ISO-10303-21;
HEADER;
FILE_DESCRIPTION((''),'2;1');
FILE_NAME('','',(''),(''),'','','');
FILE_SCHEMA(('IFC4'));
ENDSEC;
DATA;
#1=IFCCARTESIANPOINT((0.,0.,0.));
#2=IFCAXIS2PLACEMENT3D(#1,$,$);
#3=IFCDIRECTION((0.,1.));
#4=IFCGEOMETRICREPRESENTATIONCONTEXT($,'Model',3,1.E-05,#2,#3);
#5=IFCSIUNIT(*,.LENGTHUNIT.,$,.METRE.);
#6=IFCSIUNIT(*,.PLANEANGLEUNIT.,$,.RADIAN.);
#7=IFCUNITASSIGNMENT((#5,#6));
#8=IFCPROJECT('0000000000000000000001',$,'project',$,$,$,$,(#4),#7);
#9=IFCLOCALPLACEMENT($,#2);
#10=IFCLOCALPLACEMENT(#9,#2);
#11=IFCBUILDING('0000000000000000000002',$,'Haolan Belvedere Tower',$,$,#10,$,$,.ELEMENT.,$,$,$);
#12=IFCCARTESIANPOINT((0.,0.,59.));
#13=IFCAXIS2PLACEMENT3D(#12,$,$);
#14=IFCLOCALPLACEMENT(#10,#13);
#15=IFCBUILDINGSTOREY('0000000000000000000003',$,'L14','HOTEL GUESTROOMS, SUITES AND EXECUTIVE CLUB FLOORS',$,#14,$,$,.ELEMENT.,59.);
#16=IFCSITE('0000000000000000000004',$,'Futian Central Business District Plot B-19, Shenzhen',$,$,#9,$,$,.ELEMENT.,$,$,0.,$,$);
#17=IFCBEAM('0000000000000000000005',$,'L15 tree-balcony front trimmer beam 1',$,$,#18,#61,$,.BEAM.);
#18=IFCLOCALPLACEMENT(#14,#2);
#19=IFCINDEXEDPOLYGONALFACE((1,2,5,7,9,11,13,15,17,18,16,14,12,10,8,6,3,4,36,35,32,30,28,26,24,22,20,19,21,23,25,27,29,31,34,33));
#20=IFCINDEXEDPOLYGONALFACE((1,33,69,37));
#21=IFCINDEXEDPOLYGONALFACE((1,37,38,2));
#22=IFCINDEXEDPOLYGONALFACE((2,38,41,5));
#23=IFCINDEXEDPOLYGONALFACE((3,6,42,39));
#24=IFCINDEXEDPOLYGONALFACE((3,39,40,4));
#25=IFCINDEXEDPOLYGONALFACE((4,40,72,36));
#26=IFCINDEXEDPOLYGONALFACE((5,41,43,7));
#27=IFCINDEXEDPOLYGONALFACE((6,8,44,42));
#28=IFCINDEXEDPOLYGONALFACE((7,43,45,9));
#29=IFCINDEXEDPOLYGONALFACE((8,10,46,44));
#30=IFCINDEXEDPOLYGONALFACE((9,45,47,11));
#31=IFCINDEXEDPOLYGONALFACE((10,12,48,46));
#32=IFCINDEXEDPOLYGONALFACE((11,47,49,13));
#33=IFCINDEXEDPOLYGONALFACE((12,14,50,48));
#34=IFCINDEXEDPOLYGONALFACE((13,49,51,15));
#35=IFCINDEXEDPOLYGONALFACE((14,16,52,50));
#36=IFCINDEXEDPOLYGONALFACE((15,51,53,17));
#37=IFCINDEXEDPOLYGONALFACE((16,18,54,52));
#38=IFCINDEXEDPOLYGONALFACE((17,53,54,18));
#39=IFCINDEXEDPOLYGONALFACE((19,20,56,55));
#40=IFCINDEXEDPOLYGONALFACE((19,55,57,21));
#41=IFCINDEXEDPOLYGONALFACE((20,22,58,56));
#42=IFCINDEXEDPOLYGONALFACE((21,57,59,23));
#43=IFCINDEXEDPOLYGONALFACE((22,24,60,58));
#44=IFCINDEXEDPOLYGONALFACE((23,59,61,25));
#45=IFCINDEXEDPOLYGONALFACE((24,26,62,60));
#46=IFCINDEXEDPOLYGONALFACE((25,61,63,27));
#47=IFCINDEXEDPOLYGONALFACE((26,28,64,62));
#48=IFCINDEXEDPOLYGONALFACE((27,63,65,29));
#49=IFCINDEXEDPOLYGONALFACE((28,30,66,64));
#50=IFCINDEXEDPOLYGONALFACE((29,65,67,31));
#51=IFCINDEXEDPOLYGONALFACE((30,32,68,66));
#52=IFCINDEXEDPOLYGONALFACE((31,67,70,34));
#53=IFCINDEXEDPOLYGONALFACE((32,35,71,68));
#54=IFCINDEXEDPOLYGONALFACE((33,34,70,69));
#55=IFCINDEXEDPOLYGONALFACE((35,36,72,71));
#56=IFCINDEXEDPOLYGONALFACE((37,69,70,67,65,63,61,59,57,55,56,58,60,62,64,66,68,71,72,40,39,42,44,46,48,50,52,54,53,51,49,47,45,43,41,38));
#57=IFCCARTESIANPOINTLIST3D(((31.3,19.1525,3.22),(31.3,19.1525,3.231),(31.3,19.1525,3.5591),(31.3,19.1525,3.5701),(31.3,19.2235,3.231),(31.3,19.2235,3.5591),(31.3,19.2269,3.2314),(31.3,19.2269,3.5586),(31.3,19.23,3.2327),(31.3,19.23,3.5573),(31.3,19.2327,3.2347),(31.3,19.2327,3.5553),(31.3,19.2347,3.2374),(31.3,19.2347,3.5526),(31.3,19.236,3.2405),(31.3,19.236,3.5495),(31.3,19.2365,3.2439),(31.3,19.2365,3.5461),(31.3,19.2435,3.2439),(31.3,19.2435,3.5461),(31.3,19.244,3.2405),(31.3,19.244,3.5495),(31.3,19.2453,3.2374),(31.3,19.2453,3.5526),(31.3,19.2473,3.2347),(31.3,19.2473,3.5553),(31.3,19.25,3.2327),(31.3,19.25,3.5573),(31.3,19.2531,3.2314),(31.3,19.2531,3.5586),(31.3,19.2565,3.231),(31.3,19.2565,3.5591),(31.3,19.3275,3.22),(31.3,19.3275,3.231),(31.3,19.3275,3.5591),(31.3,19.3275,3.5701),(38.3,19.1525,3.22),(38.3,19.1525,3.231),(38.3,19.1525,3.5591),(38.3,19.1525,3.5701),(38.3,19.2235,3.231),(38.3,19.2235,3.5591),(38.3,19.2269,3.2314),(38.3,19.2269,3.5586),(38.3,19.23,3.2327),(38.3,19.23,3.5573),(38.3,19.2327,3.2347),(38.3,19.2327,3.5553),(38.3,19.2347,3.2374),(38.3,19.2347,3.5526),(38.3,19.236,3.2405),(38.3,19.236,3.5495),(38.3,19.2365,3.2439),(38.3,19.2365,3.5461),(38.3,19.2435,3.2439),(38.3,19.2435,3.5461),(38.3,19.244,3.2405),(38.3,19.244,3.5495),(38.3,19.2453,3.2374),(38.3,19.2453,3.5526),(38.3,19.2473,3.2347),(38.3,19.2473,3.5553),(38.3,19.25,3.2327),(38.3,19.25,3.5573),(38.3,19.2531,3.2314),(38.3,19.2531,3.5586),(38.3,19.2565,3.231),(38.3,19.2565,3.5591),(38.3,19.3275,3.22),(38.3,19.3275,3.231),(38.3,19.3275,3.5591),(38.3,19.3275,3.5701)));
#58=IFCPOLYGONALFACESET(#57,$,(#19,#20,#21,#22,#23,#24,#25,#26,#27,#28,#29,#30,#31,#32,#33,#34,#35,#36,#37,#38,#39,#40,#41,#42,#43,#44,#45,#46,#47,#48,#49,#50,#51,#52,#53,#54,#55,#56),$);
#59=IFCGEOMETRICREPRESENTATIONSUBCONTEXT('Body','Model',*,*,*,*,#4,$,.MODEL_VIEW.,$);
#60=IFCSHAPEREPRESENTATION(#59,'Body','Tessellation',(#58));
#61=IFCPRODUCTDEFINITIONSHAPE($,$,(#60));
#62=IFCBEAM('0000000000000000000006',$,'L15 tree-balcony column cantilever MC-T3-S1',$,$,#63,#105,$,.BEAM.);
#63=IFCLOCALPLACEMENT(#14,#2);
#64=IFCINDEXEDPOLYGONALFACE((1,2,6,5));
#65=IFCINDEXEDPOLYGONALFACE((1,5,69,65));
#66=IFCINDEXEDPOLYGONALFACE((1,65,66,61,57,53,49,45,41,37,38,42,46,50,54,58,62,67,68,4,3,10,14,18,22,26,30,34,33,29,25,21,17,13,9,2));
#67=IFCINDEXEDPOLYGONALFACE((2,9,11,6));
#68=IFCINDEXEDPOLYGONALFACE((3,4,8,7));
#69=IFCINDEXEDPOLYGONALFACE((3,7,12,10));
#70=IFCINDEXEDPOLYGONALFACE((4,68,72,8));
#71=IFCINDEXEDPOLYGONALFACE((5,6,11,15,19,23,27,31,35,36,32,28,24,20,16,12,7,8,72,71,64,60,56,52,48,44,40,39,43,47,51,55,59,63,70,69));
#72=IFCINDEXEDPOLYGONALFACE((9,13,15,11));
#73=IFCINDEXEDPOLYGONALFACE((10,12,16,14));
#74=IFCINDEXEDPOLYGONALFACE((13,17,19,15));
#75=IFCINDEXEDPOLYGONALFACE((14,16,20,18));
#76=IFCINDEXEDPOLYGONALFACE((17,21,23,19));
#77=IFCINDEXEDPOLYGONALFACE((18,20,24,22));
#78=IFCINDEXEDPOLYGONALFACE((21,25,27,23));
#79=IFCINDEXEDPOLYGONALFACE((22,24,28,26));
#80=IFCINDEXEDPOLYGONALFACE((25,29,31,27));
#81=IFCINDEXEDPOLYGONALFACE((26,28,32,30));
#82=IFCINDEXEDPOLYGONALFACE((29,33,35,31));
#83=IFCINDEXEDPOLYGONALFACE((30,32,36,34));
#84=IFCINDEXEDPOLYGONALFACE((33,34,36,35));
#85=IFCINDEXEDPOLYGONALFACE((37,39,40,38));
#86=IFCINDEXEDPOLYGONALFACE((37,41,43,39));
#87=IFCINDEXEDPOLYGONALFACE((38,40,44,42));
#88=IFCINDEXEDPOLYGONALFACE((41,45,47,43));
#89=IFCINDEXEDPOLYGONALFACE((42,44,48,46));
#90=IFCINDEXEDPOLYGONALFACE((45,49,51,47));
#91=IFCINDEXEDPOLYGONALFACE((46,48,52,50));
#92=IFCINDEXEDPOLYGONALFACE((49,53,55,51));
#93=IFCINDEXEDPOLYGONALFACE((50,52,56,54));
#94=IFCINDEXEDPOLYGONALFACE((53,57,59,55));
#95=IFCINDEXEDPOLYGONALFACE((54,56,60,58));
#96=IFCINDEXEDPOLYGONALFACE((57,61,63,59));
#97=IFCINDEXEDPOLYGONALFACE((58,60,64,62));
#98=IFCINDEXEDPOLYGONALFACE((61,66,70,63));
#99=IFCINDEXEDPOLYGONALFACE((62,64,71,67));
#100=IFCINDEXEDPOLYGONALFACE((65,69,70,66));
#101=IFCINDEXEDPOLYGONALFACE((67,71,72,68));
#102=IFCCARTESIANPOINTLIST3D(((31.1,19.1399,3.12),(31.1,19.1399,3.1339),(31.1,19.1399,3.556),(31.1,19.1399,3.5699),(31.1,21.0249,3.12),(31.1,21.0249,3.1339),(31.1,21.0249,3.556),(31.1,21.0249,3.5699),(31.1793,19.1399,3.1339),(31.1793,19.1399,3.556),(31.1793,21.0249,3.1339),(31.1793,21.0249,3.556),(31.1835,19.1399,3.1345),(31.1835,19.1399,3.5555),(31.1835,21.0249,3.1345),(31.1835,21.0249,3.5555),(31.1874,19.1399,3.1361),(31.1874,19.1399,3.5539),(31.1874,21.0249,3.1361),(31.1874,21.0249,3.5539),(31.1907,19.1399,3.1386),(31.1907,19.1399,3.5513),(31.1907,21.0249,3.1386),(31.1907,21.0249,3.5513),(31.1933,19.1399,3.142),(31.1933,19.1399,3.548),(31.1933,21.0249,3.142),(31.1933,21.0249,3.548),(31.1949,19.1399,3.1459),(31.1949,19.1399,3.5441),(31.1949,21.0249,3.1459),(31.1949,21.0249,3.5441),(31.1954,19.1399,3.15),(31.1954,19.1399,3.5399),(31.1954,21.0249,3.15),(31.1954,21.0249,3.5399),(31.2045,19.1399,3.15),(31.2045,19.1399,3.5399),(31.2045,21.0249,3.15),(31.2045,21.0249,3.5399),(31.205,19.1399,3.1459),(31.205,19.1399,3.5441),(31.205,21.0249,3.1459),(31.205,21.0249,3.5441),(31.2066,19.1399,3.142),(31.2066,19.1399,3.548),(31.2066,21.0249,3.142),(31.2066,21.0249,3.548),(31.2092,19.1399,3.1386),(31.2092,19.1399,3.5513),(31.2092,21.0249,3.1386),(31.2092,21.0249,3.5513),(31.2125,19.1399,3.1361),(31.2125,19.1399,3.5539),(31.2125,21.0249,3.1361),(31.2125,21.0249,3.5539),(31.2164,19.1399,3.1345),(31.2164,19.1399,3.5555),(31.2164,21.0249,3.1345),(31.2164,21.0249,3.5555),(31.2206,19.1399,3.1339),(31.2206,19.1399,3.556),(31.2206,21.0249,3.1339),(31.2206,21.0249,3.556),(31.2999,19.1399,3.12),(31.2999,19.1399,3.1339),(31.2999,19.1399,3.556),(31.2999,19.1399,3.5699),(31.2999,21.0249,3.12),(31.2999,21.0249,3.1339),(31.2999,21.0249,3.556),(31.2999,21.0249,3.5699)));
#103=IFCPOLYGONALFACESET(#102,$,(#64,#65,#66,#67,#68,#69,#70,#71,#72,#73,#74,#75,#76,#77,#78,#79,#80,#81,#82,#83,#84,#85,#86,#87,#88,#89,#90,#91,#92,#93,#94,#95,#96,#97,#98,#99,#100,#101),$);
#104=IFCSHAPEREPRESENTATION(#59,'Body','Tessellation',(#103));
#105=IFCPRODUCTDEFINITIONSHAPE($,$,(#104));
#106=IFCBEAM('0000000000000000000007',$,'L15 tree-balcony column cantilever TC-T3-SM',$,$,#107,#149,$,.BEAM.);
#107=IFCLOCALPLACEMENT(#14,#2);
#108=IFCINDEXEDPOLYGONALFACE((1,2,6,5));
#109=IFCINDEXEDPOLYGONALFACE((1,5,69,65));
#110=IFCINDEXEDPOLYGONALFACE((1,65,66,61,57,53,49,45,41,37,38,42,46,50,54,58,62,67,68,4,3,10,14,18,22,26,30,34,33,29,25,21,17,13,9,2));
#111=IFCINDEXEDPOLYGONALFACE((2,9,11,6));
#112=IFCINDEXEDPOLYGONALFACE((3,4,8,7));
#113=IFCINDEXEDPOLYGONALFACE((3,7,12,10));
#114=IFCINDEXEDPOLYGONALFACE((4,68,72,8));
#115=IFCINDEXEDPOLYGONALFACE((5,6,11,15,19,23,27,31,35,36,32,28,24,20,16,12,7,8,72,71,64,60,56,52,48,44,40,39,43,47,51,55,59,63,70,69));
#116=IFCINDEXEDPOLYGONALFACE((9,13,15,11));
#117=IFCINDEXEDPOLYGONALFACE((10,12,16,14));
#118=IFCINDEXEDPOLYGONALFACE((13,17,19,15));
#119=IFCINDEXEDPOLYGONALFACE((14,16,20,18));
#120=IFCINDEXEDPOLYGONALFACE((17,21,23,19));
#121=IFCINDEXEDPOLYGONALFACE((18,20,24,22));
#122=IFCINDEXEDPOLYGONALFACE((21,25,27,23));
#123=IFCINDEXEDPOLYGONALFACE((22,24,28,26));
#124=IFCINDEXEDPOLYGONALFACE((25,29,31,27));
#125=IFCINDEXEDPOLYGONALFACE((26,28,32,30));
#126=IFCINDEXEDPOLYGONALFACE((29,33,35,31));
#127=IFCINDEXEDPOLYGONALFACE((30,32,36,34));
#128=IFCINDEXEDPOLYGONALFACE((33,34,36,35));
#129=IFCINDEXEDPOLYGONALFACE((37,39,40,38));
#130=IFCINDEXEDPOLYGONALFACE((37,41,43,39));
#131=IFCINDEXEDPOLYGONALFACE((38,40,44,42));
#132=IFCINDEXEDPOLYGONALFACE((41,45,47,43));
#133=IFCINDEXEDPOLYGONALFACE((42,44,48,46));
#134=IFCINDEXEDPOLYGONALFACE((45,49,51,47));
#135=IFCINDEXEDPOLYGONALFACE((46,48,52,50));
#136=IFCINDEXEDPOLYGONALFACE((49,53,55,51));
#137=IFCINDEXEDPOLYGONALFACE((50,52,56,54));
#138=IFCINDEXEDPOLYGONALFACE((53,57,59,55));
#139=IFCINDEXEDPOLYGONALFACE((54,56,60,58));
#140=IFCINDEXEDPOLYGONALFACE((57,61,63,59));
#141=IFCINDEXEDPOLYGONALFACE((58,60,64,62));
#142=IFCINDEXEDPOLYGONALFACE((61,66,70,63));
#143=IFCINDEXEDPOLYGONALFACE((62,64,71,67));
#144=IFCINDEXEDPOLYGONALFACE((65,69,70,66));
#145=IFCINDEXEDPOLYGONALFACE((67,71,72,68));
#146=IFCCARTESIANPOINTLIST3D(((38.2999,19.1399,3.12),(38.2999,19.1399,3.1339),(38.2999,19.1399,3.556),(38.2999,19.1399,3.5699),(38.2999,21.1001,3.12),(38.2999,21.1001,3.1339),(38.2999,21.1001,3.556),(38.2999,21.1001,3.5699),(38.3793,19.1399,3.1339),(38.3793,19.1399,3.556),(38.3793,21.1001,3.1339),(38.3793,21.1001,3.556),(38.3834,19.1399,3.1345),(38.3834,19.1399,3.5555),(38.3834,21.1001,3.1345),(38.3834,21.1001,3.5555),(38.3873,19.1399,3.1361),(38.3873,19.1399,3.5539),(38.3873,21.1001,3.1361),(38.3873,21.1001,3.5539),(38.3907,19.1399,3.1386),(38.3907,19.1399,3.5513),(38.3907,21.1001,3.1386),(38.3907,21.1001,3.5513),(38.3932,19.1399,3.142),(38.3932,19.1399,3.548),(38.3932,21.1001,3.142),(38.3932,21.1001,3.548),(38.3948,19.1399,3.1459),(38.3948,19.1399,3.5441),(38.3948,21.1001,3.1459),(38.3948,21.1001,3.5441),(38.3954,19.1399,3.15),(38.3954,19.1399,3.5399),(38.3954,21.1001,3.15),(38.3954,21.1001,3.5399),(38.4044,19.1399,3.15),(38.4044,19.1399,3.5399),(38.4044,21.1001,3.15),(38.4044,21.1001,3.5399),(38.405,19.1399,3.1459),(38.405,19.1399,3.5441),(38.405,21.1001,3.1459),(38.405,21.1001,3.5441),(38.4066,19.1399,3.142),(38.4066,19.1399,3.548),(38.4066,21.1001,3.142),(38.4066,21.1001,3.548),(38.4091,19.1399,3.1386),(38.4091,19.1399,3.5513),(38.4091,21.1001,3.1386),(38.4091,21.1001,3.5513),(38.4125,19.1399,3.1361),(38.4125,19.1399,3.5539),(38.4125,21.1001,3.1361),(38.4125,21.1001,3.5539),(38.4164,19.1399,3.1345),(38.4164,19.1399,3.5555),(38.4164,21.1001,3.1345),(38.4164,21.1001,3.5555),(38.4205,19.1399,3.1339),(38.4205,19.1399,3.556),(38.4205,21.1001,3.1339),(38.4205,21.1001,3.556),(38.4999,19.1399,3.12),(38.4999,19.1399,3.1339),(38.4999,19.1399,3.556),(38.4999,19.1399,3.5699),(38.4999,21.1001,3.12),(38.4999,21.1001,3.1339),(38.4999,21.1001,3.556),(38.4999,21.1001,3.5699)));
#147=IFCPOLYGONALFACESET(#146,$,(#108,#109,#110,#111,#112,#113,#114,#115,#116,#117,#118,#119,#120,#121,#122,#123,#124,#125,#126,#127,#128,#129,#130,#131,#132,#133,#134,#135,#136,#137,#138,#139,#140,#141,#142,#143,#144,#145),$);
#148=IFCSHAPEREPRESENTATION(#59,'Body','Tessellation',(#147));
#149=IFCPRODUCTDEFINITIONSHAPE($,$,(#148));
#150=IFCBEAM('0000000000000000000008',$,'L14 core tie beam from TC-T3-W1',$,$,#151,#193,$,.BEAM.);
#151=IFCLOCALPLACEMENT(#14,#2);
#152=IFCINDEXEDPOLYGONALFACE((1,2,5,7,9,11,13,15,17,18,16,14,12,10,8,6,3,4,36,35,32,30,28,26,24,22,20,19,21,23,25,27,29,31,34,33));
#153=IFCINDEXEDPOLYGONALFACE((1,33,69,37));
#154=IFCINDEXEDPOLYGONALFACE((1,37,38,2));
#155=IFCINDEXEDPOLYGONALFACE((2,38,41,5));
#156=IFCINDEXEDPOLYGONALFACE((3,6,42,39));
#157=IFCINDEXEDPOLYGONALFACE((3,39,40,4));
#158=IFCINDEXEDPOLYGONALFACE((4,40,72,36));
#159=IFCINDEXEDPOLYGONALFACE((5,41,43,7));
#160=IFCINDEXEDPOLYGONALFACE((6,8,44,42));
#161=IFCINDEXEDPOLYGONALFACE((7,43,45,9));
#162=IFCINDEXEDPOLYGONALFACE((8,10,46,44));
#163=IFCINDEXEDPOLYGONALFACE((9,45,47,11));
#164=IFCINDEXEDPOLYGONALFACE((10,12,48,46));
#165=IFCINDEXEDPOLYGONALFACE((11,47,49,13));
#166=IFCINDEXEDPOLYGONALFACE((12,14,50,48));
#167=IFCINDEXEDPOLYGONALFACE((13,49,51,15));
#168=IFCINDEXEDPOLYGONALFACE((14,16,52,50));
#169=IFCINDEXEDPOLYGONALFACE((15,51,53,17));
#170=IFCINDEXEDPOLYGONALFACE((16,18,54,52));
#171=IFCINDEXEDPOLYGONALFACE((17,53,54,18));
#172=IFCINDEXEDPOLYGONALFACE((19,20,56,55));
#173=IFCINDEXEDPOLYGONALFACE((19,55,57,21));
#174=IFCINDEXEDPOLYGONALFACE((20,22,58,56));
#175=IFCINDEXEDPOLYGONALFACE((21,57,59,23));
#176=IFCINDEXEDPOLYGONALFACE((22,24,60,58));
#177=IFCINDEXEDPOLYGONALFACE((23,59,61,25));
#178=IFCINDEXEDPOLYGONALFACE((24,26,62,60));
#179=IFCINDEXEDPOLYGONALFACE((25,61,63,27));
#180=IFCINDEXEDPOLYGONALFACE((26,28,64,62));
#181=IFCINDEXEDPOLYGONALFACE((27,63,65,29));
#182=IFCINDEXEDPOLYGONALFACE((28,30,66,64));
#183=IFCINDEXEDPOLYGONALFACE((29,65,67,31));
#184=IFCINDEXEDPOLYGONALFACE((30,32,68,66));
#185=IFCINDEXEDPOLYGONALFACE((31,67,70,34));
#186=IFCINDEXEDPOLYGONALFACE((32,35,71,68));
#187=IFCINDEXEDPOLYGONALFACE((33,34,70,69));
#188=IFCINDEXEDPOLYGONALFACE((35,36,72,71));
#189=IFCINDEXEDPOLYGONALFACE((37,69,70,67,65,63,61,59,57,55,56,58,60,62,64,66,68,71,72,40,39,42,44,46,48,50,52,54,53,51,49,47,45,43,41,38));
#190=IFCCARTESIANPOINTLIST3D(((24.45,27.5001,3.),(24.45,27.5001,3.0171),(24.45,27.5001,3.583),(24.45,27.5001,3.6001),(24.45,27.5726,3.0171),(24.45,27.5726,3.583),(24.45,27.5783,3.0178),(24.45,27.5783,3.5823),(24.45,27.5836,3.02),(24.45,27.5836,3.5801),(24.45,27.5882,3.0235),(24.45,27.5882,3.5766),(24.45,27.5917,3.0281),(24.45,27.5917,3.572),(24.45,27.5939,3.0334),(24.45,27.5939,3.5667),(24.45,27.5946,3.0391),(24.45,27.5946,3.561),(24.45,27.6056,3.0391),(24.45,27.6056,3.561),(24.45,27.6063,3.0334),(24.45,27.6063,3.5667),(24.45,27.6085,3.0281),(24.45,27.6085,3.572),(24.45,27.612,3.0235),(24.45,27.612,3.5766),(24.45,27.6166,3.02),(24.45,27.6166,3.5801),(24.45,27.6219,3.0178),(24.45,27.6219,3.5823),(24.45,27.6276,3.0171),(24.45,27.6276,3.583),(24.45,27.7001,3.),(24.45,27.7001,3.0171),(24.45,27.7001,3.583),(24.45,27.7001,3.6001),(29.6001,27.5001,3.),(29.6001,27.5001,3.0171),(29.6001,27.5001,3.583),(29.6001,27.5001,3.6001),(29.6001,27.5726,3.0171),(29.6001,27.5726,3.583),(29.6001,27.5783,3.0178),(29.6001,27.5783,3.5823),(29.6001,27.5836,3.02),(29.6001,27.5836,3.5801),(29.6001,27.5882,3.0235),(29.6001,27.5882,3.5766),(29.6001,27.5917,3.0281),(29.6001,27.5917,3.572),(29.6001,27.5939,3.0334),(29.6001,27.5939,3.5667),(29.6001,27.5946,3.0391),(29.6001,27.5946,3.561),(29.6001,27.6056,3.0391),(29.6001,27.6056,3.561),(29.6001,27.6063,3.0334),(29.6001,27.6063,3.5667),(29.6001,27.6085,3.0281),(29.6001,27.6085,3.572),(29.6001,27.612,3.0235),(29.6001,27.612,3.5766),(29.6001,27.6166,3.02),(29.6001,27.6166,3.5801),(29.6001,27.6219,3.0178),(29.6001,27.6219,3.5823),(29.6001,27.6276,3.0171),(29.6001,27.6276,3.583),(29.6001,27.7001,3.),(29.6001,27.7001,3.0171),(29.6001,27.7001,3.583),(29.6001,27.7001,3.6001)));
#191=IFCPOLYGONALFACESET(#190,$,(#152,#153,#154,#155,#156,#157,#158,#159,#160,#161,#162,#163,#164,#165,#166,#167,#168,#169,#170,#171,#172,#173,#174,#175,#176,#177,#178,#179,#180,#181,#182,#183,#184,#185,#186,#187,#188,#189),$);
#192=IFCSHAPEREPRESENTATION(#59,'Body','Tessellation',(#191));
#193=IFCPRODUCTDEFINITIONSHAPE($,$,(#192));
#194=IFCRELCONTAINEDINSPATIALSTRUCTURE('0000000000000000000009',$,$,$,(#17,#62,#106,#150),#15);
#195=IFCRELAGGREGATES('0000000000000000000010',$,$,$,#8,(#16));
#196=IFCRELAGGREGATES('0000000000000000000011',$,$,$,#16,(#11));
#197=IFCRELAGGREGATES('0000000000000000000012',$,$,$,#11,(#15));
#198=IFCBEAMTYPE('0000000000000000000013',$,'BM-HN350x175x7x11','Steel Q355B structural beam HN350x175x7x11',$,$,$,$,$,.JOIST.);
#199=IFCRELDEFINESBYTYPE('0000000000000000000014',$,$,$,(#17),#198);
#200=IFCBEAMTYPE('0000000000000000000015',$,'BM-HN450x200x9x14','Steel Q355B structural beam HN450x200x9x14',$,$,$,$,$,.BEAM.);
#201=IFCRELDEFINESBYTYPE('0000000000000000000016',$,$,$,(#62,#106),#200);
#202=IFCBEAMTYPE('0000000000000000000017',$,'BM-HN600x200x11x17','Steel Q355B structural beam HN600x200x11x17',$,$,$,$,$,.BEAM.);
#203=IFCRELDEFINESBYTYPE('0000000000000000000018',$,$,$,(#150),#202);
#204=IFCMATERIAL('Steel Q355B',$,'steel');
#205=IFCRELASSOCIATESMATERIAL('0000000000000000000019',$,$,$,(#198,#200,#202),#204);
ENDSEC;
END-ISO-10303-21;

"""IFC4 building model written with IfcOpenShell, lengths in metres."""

from ifc_helpers import new_model, si_unit, direction, frame, origin, origin_2d, place, context, subcontext, project, spatial, i_section, extrude, material, material_profile, profile_set, type_object, element, save


model = new_model("IFC4")

# Units and contexts
model_context = context("Model", 3, precision=1e-05, world=origin(), true_north=direction((0.0, 1.0)))
body_context = subcontext(model_context, "Body", "Model", "MODEL_VIEW")
ifc_project = project(units=[si_unit("LENGTHUNIT", "METRE"), si_unit("PLANEANGLEUNIT", "RADIAN")], contexts=[model_context])

# Site, building, storey
site_placement = place(None, origin())
site = spatial("IfcSite", under=ifc_project, at=site_placement, Name="Futian Central Business District Plot B-19, Shenzhen", CompositionType="ELEMENT", RefElevation=0.0)
building_placement = place(site_placement, origin())
building = spatial("IfcBuilding", under=site, at=building_placement, Name="Haolan Belvedere Tower", CompositionType="ELEMENT")
storey_placement = place(building_placement, frame((0.0, 0.0, 59.0)))
storey = spatial("IfcBuildingStorey", under=building, at=storey_placement, Name="L14", Description="HOTEL GUESTROOMS, SUITES AND EXECUTIVE CLUB FLOORS", CompositionType="ELEMENT", Elevation=59.0)

# Shared definitions
ifc_material_1 = material(Name="Steel Q355B", Category="steel")

# Beams
ifc_material_profile_1 = material_profile(ifc_material_1, i_section(OverallWidth=0.175, OverallDepth=0.3501, WebThickness=0.0071, FlangeThickness=0.011, FilletRadius=0.0129, at=origin_2d()), Name="Steel Q355B")
ifc_profile_set_1 = profile_set([ifc_material_profile_1], Name="Steel Q355B")
beam_type_1 = type_object("IfcBeamType", Name="BM-HN350x175x7x11", Description="Steel Q355B structural beam HN350x175x7x11", PredefinedType="JOIST", material=ifc_profile_set_1)
beam_1_placement = place(storey_placement, frame((31.3, 19.24, 3.395), z_axis=(1.0, 0.0, 0.0), x_axis=(0.0, 1.0, 0.0)))
element("IfcBeam", 1, at=beam_1_placement, inside=storey, type_object=beam_type_1, Name="L15 tree-balcony front trimmer beam 1", PredefinedType="BEAM", context=body_context, shape_type="SweptSolid", body=[
    extrude(i_section(OverallWidth=0.175, OverallDepth=0.3501, WebThickness=0.0071, FlangeThickness=0.011, FilletRadius=0.0129, at=origin_2d()), origin(), (0.0, 0.0, 1.0), 7.0),
])
ifc_material_profile_2 = material_profile(ifc_material_1, i_section(OverallWidth=0.2, OverallDepth=0.45, WebThickness=0.009, FlangeThickness=0.0139, FilletRadius=0.0161, at=origin_2d()), Name="Steel Q355B")
ifc_profile_set_2 = profile_set([ifc_material_profile_2], Name="Steel Q355B")
beam_type_2 = type_object("IfcBeamType", Name="BM-HN450x200x9x14", Description="Steel Q355B structural beam HN450x200x9x14", PredefinedType="BEAM", material=ifc_profile_set_2)
beam_2_placement = place(storey_placement, frame((31.2, 21.0249, 3.345), z_axis=(0.0, -1.0, 0.0), x_axis=(1.0, 0.0, 0.0)))
element("IfcBeam", 2, at=beam_2_placement, inside=storey, type_object=beam_type_2, Name="L15 tree-balcony column cantilever MC-T3-S1", PredefinedType="BEAM", context=body_context, shape_type="SweptSolid", body=[
    extrude(i_section(OverallWidth=0.2, OverallDepth=0.45, WebThickness=0.009, FlangeThickness=0.0139, FilletRadius=0.0161, at=origin_2d()), origin(), (0.0, 0.0, 1.0), 1.885),
])
beam_3_placement = place(storey_placement, frame((38.3999, 21.1001, 3.345), z_axis=(0.0, -1.0, 0.0), x_axis=(1.0, 0.0, 0.0)))
element("IfcBeam", 3, at=beam_3_placement, inside=storey, type_object=beam_type_2, Name="L15 tree-balcony column cantilever TC-T3-SM", PredefinedType="BEAM", context=body_context, shape_type="SweptSolid", body=[
    extrude(i_section(OverallWidth=0.2, OverallDepth=0.45, WebThickness=0.009, FlangeThickness=0.0139, FilletRadius=0.0161, at=origin_2d()), origin(), (0.0, 0.0, 1.0), 1.9602),
])
ifc_material_profile_3 = material_profile(ifc_material_1, i_section(OverallWidth=0.2, OverallDepth=0.6001, WebThickness=0.011, FlangeThickness=0.0171, FilletRadius=0.022, at=origin_2d()), Name="Steel Q355B")
ifc_profile_set_3 = profile_set([ifc_material_profile_3], Name="Steel Q355B")
beam_type_3 = type_object("IfcBeamType", Name="BM-HN600x200x11x17", Description="Steel Q355B structural beam HN600x200x11x17", PredefinedType="BEAM", material=ifc_profile_set_3)
beam_4_placement = place(storey_placement, frame((24.45, 27.6001, 3.3), z_axis=(1.0, 0.0, 0.0), x_axis=(0.0, 1.0, 0.0)))
element("IfcBeam", 4, at=beam_4_placement, inside=storey, type_object=beam_type_3, Name="L14 core tie beam from TC-T3-W1", PredefinedType="BEAM", context=body_context, shape_type="SweptSolid", body=[
    extrude(i_section(OverallWidth=0.2, OverallDepth=0.6001, WebThickness=0.011, FlangeThickness=0.0171, FilletRadius=0.022, at=origin_2d()), origin(), (0.0, 0.0, 1.0), 5.1501),
])

save(model, "model.ifc")
